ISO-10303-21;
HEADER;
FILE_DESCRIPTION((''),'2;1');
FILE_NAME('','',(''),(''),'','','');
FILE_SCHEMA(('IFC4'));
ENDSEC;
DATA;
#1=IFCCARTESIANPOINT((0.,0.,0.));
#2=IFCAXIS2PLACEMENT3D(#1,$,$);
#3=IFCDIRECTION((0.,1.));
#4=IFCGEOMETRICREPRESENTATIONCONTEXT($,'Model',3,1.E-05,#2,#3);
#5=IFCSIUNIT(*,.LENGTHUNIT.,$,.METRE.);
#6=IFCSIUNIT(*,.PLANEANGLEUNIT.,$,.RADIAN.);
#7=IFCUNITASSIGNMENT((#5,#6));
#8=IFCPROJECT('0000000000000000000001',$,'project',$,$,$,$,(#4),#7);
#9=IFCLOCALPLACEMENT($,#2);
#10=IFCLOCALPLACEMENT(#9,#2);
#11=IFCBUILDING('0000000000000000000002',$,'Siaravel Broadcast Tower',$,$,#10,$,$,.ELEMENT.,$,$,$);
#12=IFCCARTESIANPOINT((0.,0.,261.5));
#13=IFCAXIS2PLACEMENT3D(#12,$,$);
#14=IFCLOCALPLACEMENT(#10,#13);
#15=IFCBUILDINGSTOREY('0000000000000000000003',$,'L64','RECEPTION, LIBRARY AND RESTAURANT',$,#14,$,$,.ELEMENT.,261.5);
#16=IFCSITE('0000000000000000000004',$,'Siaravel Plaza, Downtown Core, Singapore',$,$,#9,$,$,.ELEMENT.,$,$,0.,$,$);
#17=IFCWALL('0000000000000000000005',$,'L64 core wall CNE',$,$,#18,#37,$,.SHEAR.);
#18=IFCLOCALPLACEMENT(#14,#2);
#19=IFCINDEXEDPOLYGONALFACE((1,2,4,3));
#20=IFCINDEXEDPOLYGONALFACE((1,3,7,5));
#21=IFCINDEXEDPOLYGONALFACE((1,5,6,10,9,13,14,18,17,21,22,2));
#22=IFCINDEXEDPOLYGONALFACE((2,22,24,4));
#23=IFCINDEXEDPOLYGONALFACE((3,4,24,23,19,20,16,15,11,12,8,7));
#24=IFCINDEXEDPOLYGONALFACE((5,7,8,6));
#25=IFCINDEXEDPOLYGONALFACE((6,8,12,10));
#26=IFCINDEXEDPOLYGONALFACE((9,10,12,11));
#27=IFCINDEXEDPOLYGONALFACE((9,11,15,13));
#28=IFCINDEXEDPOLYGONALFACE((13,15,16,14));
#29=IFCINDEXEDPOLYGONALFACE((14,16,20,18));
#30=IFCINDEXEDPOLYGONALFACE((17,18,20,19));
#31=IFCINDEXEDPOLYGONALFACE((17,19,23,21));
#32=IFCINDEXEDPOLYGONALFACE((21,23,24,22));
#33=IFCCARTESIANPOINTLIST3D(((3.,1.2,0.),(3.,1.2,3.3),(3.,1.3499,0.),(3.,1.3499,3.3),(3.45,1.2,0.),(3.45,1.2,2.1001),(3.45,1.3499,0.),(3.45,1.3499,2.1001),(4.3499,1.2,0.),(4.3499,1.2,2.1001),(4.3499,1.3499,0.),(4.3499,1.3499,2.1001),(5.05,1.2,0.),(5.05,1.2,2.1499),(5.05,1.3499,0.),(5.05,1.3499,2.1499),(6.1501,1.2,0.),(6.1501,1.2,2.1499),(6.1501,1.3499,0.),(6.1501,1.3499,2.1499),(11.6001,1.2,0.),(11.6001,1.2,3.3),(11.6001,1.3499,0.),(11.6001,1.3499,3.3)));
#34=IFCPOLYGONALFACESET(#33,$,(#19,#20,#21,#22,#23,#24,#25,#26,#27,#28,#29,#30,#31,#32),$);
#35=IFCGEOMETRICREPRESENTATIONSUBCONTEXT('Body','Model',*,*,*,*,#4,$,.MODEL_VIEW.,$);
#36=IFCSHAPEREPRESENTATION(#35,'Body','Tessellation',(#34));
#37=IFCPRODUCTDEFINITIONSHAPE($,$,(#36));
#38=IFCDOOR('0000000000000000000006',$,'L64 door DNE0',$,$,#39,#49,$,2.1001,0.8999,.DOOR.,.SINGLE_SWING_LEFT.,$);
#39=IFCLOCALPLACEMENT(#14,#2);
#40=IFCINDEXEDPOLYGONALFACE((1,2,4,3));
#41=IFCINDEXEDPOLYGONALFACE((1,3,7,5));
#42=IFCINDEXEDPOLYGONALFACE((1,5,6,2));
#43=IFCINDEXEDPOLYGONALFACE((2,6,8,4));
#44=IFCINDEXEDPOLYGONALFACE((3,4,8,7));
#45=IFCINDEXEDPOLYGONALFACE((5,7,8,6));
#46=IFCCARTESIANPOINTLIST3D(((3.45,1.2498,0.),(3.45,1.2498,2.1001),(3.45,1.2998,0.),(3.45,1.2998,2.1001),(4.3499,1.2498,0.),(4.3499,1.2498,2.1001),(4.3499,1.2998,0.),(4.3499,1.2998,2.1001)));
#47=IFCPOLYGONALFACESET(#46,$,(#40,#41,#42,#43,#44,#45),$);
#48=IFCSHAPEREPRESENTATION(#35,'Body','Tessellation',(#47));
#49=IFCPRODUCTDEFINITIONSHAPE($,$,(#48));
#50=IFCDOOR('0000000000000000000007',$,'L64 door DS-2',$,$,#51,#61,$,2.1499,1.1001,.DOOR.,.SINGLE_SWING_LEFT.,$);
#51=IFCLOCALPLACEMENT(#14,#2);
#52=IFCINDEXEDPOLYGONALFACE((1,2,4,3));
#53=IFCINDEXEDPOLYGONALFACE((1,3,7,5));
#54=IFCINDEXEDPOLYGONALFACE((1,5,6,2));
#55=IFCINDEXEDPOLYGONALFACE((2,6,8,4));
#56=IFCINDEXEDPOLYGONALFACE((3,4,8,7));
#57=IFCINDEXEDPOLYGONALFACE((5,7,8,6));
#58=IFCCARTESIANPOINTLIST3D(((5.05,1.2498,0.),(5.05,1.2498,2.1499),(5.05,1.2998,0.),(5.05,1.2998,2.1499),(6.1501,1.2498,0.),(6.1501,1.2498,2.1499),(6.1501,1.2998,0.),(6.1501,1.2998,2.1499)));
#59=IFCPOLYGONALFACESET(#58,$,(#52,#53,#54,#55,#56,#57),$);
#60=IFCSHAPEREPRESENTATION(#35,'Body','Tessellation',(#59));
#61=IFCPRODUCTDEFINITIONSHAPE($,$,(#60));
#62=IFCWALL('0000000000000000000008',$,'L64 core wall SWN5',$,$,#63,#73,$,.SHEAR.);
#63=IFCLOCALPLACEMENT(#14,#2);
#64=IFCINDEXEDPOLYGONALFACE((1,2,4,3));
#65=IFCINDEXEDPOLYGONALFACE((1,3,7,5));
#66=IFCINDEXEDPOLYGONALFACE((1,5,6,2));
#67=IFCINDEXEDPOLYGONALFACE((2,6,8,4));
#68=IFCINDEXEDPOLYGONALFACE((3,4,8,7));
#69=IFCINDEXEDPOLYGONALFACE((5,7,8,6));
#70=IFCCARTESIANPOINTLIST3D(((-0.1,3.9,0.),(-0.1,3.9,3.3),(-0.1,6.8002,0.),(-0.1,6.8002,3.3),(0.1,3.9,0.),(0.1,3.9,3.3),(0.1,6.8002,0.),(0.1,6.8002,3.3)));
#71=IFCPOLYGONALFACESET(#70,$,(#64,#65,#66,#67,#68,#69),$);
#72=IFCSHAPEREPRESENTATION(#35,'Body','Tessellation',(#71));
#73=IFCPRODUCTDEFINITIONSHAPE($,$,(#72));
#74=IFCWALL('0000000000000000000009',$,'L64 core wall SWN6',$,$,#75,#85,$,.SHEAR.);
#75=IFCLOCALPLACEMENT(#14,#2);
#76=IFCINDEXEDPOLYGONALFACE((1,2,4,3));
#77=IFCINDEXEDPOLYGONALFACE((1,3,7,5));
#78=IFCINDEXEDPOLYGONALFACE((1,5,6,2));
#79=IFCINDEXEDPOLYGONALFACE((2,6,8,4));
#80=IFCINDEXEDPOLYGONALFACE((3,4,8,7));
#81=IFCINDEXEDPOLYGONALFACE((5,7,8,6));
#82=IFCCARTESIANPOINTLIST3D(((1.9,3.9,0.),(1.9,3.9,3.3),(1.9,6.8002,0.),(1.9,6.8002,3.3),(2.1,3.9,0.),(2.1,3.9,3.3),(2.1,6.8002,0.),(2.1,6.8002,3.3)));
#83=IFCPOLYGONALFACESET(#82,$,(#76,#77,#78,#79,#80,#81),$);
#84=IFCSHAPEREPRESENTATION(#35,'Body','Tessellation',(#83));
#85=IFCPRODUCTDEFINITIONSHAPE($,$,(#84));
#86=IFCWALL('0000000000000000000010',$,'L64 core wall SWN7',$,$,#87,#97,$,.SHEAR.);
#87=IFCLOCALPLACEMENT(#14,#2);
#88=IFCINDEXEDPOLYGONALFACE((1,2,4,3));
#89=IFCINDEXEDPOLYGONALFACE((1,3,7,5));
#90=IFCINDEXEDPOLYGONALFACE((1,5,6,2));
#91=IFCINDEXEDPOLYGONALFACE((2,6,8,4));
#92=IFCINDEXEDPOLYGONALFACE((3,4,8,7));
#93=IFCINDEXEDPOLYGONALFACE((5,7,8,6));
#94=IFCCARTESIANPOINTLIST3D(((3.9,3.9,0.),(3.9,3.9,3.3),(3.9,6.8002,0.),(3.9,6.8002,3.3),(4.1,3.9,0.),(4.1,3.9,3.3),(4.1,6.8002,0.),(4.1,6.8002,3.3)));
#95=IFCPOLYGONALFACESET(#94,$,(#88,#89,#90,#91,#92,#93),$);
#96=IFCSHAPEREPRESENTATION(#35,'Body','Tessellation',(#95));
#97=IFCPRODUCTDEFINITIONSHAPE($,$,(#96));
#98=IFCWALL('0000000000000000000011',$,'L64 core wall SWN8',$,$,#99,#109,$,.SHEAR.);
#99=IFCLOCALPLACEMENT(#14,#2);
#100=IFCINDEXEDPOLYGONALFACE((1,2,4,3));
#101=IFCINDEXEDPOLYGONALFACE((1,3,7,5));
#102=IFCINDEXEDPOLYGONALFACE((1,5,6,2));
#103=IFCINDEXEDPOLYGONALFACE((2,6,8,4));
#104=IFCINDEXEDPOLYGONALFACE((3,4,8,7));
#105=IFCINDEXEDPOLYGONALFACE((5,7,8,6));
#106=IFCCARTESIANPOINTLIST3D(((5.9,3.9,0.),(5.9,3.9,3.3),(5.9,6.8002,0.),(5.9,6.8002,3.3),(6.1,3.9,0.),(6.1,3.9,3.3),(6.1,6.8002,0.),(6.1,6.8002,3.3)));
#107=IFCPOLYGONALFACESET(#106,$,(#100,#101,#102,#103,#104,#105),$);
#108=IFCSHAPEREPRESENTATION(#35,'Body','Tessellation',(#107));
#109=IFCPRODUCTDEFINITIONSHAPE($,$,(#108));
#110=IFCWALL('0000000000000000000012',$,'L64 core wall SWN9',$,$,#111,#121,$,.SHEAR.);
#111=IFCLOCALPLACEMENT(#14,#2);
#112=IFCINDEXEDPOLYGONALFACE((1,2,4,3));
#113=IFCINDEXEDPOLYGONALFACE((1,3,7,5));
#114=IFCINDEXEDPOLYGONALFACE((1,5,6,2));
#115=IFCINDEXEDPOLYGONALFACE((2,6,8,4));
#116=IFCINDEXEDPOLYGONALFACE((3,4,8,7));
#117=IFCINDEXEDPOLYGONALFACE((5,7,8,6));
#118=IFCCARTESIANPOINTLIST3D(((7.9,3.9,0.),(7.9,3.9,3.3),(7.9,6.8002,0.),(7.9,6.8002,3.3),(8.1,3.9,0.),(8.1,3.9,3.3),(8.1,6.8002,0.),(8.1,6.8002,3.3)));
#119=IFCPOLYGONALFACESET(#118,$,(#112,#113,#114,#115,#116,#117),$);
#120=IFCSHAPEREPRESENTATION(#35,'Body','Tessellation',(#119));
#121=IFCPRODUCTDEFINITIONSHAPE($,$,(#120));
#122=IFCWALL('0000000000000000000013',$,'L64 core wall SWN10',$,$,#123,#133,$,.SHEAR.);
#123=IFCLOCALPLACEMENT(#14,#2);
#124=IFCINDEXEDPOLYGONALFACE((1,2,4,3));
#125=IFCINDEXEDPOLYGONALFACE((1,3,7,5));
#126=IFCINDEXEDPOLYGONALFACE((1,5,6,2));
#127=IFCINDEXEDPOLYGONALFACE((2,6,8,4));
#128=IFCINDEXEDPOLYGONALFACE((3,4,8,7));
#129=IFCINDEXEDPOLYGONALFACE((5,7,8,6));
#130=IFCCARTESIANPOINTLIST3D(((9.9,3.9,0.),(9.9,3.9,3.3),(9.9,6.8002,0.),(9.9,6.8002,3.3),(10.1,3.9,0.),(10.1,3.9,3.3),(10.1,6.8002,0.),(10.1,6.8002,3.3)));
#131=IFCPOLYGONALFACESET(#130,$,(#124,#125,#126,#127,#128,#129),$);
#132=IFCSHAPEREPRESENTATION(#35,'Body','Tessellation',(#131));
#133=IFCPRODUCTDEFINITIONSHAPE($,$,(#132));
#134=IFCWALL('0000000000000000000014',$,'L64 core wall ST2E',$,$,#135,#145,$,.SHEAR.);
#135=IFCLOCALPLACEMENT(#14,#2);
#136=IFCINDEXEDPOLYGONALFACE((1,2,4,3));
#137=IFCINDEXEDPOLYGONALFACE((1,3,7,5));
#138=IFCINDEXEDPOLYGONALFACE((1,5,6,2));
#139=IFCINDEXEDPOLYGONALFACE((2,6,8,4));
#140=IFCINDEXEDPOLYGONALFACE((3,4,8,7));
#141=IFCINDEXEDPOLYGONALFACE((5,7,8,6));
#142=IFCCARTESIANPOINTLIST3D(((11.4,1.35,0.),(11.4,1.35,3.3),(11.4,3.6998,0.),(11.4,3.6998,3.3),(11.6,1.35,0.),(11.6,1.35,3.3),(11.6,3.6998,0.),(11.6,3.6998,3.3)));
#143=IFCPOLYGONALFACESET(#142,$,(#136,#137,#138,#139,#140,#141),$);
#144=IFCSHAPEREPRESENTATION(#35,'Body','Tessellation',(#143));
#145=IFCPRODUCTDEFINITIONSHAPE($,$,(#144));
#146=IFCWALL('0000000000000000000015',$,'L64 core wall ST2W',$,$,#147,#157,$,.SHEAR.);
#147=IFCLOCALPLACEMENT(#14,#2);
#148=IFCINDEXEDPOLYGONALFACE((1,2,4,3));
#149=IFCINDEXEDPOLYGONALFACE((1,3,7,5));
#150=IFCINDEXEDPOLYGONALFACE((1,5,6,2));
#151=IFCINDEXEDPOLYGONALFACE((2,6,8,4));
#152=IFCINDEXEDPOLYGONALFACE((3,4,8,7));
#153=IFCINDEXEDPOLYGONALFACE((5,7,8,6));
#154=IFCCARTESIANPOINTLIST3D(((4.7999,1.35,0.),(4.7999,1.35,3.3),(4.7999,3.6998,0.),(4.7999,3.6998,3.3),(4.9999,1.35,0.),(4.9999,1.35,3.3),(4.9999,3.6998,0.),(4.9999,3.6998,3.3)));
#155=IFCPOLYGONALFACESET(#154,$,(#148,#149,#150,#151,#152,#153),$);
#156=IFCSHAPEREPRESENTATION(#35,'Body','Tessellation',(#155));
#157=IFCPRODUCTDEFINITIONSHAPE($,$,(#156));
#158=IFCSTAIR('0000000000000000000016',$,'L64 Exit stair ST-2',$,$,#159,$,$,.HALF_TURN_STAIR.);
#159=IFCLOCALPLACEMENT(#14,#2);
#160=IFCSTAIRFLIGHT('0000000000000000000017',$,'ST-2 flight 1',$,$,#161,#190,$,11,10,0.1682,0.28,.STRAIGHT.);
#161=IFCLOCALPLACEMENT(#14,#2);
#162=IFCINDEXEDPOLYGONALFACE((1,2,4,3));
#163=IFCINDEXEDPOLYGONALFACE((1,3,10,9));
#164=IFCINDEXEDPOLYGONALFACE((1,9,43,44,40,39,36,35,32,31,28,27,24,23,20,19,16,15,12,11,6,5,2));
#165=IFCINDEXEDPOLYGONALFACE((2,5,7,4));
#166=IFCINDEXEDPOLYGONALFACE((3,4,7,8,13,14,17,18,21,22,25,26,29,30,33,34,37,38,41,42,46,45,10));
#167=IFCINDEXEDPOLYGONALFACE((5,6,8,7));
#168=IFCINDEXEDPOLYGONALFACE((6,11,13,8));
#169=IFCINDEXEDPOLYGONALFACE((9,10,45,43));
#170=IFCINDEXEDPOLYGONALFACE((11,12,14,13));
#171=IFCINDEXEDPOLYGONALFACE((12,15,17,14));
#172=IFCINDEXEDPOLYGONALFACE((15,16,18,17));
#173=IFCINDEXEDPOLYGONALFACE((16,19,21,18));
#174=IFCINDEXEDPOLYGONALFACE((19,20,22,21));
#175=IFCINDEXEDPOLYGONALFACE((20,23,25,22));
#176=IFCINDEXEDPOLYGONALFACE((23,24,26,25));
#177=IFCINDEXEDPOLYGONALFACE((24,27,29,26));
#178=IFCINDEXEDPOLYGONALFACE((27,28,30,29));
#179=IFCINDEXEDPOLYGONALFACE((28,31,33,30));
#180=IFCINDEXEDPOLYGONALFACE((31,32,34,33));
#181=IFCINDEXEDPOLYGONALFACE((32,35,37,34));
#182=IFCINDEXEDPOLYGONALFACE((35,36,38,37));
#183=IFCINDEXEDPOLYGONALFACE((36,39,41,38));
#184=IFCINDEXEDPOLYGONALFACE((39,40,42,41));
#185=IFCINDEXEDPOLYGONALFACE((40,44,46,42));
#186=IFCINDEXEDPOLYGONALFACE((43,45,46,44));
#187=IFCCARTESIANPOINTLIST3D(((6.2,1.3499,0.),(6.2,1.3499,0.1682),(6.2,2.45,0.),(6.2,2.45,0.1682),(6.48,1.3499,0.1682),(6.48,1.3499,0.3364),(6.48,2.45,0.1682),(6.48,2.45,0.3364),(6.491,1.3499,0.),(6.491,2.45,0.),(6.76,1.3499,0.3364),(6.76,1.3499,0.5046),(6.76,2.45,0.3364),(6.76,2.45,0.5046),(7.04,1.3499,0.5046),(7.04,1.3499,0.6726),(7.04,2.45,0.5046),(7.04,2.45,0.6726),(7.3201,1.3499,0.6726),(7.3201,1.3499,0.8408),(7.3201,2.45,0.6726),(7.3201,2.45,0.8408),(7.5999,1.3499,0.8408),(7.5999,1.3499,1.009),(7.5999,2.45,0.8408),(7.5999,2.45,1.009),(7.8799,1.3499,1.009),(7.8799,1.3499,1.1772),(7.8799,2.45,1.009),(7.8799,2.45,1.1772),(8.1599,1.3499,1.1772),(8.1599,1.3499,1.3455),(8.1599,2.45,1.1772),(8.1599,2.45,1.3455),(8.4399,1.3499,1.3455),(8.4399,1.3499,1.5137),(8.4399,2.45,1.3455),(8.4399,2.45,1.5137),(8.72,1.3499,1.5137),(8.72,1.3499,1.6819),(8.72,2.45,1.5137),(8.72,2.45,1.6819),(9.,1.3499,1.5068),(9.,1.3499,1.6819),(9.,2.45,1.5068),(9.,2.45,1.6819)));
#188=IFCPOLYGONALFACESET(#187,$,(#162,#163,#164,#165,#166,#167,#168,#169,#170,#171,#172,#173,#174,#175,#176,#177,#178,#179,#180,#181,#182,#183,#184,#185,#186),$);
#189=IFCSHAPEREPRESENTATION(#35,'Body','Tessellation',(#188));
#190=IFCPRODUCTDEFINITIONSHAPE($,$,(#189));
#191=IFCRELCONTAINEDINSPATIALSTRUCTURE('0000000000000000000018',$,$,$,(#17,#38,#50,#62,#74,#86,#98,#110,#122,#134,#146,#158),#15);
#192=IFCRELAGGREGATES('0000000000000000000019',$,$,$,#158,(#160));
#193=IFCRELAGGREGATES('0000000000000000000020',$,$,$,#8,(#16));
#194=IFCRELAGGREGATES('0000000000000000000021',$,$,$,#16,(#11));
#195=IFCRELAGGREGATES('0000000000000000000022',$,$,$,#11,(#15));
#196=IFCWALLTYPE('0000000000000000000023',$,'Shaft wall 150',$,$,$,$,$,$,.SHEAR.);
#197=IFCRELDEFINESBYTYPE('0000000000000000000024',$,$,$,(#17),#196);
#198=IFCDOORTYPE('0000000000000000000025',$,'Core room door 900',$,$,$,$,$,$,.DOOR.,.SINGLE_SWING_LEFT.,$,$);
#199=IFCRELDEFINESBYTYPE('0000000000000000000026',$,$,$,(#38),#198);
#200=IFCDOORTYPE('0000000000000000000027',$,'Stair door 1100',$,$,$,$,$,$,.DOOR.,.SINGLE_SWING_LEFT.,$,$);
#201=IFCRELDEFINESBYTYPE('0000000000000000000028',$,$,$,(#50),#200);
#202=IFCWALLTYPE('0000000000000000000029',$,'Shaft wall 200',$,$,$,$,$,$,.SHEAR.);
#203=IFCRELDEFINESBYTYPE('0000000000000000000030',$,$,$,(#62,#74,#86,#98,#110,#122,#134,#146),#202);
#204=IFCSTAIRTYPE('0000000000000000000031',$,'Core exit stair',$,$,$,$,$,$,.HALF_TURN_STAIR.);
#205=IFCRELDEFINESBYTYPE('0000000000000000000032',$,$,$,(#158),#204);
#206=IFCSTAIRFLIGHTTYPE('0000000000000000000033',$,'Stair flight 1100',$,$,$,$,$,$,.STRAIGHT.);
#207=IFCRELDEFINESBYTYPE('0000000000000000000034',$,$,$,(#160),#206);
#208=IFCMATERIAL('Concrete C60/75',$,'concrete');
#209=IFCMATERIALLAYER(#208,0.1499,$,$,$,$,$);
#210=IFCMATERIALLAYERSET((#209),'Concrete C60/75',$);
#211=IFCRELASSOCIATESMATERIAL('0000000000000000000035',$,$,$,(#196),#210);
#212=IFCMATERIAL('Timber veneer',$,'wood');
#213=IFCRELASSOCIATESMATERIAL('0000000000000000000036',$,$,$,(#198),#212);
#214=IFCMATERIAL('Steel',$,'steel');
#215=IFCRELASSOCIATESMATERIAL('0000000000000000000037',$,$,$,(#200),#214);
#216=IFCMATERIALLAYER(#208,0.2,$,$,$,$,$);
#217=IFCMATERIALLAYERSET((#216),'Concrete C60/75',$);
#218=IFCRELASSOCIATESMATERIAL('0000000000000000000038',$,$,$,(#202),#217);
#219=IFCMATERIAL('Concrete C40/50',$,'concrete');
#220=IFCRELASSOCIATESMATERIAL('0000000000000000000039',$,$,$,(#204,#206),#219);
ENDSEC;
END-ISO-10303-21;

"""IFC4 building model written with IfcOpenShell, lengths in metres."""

from ifc_helpers import new_model, si_unit, direction, frame, frame_2d, origin, place, context, subcontext, project, spatial, polyline, rectangle, outline, extrude, material, layer, layer_set, type_object, element, fill, aggregate, save


model = new_model("IFC4")

# Units and contexts
model_context = context("Model", 3, precision=1e-05, world=origin(), true_north=direction((0.0, 1.0)))
body_context = subcontext(model_context, "Body", "Model", "MODEL_VIEW")
ifc_project = project(units=[si_unit("LENGTHUNIT", "METRE"), si_unit("PLANEANGLEUNIT", "RADIAN")], contexts=[model_context])

# Site, building, storey
site_placement = place(None, origin())
site = spatial("IfcSite", under=ifc_project, at=site_placement, Name="Siaravel Plaza, Downtown Core, Singapore", CompositionType="ELEMENT", RefElevation=0.0)
building_placement = place(site_placement, origin())
building = spatial("IfcBuilding", under=site, at=building_placement, Name="Siaravel Broadcast Tower", CompositionType="ELEMENT")
storey_placement = place(building_placement, frame((0.0, 0.0, 261.5)))
storey = spatial("IfcBuildingStorey", under=building, at=storey_placement, Name="L64", Description="RECEPTION, LIBRARY AND RESTAURANT", CompositionType="ELEMENT", Elevation=261.5)

# Shared definitions
ifc_material_1 = material(Name="Steel", Category="steel")

# Wall, openings, doors
ifc_material_2 = material(Name="Concrete C60/75", Category="concrete")
ifc_layer_1 = layer(ifc_material_2, 0.1499)
ifc_layer_set_1 = layer_set([ifc_layer_1], Name="Concrete C60/75")
wall_type_1 = type_object("IfcWallType", Name="Shaft wall 150", PredefinedType="SHEAR", material=ifc_layer_set_1)
wall_1_placement = place(storey_placement, frame((3.0, 1.2749, 0.0), z_axis=(0.0, 0.0, 1.0), x_axis=(1.0, 0.0, 0.0)))
wall_1 = element("IfcWall", 1, at=wall_1_placement, inside=storey, type_object=wall_type_1, Name="L64 core wall CNE", PredefinedType="SHEAR", context=body_context, shape_type="SweptSolid", body=[
    extrude(rectangle(XDim=8.6001, YDim=0.1499, at=frame_2d((4.3, 0.0))), origin(), (0.0, 0.0, 1.0), 3.3),
])
opening_1_placement = place(wall_1_placement, frame((2.05, 0.0, 0.0)))
opening_1 = element("IfcOpeningElement", 2, at=opening_1_placement, cuts=wall_1, PredefinedType="OPENING", context=body_context, shape_type="SweptSolid", body=[
    extrude(rectangle(XDim=1.1001, YDim=2.1499, at=frame_2d((0.55, 1.075))), frame((0.0, 0.085, 0.0), z_axis=(0.0, -1.0, 0.0), x_axis=(1.0, 0.0, 0.0)), (0.0, 0.0, 1.0), 0.1699),
])
opening_2_placement = place(wall_1_placement, frame((0.45, 0.0, 0.0)))
opening_2 = element("IfcOpeningElement", 3, at=opening_2_placement, cuts=wall_1, PredefinedType="OPENING", context=body_context, shape_type="SweptSolid", body=[
    extrude(rectangle(XDim=0.8999, YDim=2.1001, at=frame_2d((0.45, 1.05))), frame((0.0, 0.085, 0.0), z_axis=(0.0, -1.0, 0.0), x_axis=(1.0, 0.0, 0.0)), (0.0, 0.0, 1.0), 0.1699),
])
ifc_material_3 = material(Name="Timber veneer", Category="wood")
door_type_1 = type_object("IfcDoorType", Name="Core room door 900", OperationType="SINGLE_SWING_LEFT", PredefinedType="DOOR", material=ifc_material_3)
door_1_placement = place(opening_2_placement, origin())
door_1 = element("IfcDoor", 4, at=door_1_placement, inside=storey, type_object=door_type_1, Name="L64 door DNE0", OperationType="SINGLE_SWING_LEFT", OverallHeight=2.1001, OverallWidth=0.8999, PredefinedType="DOOR", context=body_context, shape_type="SweptSolid", body=[
    extrude(rectangle(XDim=0.8999, YDim=2.1001, at=frame_2d((0.45, 1.05))), frame((0.0, 0.0249, 0.0), z_axis=(0.0, -1.0, 0.0), x_axis=(1.0, 0.0, 0.0)), (0.0, 0.0, 1.0), 0.05),
])
fill(opening_2, door_1)
door_type_2 = type_object("IfcDoorType", Name="Stair door 1100", OperationType="SINGLE_SWING_LEFT", PredefinedType="DOOR", material=ifc_material_1)
door_2_placement = place(opening_1_placement, origin())
door_2 = element("IfcDoor", 5, at=door_2_placement, inside=storey, type_object=door_type_2, Name="L64 door DS-2", OperationType="SINGLE_SWING_LEFT", OverallHeight=2.1499, OverallWidth=1.1001, PredefinedType="DOOR", context=body_context, shape_type="SweptSolid", body=[
    extrude(rectangle(XDim=1.1001, YDim=2.1499, at=frame_2d((0.55, 1.075))), frame((0.0, 0.0249, 0.0), z_axis=(0.0, -1.0, 0.0), x_axis=(1.0, 0.0, 0.0)), (0.0, 0.0, 1.0), 0.05),
])
fill(opening_1, door_2)

# Walls
ifc_layer_2 = layer(ifc_material_2, 0.2)
ifc_layer_set_2 = layer_set([ifc_layer_2], Name="Concrete C60/75")
wall_type_2 = type_object("IfcWallType", Name="Shaft wall 200", PredefinedType="SHEAR", material=ifc_layer_set_2)
for number, where, z_axis, x_axis, name in (
    (6, (0.0, 3.8999, 0.0), (0.0, 0.0, 1.0), (0.0, 1.0, 0.0), "L64 core wall SWN5"),
    (7, (2.0, 3.8999, 0.0), (0.0, 0.0, 1.0), (0.0, 1.0, 0.0), "L64 core wall SWN6"),
    (8, (4.0, 3.8999, 0.0), (0.0, 0.0, 1.0), (0.0, 1.0, 0.0), "L64 core wall SWN7"),
    (9, (6.0, 3.8999, 0.0), (0.0, 0.0, 1.0), (0.0, 1.0, 0.0), "L64 core wall SWN8"),
    (10, (8.0, 3.8999, 0.0), (0.0, 0.0, 1.0), (0.0, 1.0, 0.0), "L64 core wall SWN9"),
    (11, (10.0, 3.8999, 0.0), (0.0, 0.0, 1.0), (0.0, 1.0, 0.0), "L64 core wall SWN10"),
):
    element("IfcWall", number, at=place(storey_placement, frame(where, z_axis=z_axis, x_axis=x_axis)), inside=storey, type_object=wall_type_2, Name=name, PredefinedType="SHEAR", context=body_context, shape_type="SweptSolid", body=[
        extrude(rectangle(XDim=2.9001, YDim=0.2, at=frame_2d((1.4502, 0.0))), origin(), (0.0, 0.0, 1.0), 3.3),
    ])
for number, where, z_axis, x_axis, name in (
    (12, (11.5, 1.3501, 0.0), (0.0, 0.0, 1.0), (0.0, 1.0, 0.0), "L64 core wall ST2E"),
    (13, (4.8999, 1.3501, 0.0), (0.0, 0.0, 1.0), (0.0, 1.0, 0.0), "L64 core wall ST2W"),
):
    element("IfcWall", number, at=place(storey_placement, frame(where, z_axis=z_axis, x_axis=x_axis)), inside=storey, type_object=wall_type_2, Name=name, PredefinedType="SHEAR", context=body_context, shape_type="SweptSolid", body=[
        extrude(rectangle(XDim=2.3499, YDim=0.2, at=frame_2d((1.1748, 0.0))), origin(), (0.0, 0.0, 1.0), 3.3),
    ])

# Stair, stair flight
ifc_material_4 = material(Name="Concrete C40/50", Category="concrete")
stair_type = type_object("IfcStairType", Name="Core exit stair", PredefinedType="HALF_TURN_STAIR", material=ifc_material_4)
stair_placement = place(storey_placement, origin())
stair = element("IfcStair", 14, at=stair_placement, inside=storey, type_object=stair_type, Name="L64 Exit stair ST-2", PredefinedType="HALF_TURN_STAIR")
stair_flight_type = type_object("IfcStairFlightType", Name="Stair flight 1100", PredefinedType="STRAIGHT", material=ifc_material_4)
stair_flight_1_placement = place(storey_placement, frame((6.2, 1.8999, 0.0), z_axis=(0.0, 0.0, 1.0), x_axis=(1.0, 0.0, 0.0)))
stair_flight_1 = element("IfcStairFlight", 15, at=stair_flight_1_placement, type_object=stair_flight_type, Name="ST-2 flight 1", NumberOfRisers=11, NumberOfTreads=10, PredefinedType="STRAIGHT", RiserHeight=0.1682, TreadLength=0.28, context=body_context, shape_type="SweptSolid", body=[
    extrude(outline(polyline([(0.0, 0.0), (0.0, 0.1682), (0.28, 0.1682), (0.28, 0.3364), (0.5601, 0.3364), (0.5601, 0.5046), (0.8401, 0.5046), (0.8401, 0.6726), (1.1201, 0.6726), (1.1201, 0.8408), (1.3999, 0.8408), (1.3999, 1.009), (1.6799, 1.009), (1.6799, 1.1772), (1.96, 1.1772), (1.96, 1.3455), (2.24, 1.3455), (2.24, 1.5137), (2.52, 1.5137), (2.52, 1.6819), (2.8, 1.6819), (2.8, 1.8501), (2.8, 1.5068), (0.291, 0.0), (0.0, 0.0)])), frame((0.0, 0.55, 0.0), z_axis=(0.0, -1.0, 0.0), x_axis=(1.0, 0.0, 0.0)), (0.0, 0.0, 1.0), 1.1001),
])
aggregate(stair, [stair_flight_1])

save(model, "model.ifc")
